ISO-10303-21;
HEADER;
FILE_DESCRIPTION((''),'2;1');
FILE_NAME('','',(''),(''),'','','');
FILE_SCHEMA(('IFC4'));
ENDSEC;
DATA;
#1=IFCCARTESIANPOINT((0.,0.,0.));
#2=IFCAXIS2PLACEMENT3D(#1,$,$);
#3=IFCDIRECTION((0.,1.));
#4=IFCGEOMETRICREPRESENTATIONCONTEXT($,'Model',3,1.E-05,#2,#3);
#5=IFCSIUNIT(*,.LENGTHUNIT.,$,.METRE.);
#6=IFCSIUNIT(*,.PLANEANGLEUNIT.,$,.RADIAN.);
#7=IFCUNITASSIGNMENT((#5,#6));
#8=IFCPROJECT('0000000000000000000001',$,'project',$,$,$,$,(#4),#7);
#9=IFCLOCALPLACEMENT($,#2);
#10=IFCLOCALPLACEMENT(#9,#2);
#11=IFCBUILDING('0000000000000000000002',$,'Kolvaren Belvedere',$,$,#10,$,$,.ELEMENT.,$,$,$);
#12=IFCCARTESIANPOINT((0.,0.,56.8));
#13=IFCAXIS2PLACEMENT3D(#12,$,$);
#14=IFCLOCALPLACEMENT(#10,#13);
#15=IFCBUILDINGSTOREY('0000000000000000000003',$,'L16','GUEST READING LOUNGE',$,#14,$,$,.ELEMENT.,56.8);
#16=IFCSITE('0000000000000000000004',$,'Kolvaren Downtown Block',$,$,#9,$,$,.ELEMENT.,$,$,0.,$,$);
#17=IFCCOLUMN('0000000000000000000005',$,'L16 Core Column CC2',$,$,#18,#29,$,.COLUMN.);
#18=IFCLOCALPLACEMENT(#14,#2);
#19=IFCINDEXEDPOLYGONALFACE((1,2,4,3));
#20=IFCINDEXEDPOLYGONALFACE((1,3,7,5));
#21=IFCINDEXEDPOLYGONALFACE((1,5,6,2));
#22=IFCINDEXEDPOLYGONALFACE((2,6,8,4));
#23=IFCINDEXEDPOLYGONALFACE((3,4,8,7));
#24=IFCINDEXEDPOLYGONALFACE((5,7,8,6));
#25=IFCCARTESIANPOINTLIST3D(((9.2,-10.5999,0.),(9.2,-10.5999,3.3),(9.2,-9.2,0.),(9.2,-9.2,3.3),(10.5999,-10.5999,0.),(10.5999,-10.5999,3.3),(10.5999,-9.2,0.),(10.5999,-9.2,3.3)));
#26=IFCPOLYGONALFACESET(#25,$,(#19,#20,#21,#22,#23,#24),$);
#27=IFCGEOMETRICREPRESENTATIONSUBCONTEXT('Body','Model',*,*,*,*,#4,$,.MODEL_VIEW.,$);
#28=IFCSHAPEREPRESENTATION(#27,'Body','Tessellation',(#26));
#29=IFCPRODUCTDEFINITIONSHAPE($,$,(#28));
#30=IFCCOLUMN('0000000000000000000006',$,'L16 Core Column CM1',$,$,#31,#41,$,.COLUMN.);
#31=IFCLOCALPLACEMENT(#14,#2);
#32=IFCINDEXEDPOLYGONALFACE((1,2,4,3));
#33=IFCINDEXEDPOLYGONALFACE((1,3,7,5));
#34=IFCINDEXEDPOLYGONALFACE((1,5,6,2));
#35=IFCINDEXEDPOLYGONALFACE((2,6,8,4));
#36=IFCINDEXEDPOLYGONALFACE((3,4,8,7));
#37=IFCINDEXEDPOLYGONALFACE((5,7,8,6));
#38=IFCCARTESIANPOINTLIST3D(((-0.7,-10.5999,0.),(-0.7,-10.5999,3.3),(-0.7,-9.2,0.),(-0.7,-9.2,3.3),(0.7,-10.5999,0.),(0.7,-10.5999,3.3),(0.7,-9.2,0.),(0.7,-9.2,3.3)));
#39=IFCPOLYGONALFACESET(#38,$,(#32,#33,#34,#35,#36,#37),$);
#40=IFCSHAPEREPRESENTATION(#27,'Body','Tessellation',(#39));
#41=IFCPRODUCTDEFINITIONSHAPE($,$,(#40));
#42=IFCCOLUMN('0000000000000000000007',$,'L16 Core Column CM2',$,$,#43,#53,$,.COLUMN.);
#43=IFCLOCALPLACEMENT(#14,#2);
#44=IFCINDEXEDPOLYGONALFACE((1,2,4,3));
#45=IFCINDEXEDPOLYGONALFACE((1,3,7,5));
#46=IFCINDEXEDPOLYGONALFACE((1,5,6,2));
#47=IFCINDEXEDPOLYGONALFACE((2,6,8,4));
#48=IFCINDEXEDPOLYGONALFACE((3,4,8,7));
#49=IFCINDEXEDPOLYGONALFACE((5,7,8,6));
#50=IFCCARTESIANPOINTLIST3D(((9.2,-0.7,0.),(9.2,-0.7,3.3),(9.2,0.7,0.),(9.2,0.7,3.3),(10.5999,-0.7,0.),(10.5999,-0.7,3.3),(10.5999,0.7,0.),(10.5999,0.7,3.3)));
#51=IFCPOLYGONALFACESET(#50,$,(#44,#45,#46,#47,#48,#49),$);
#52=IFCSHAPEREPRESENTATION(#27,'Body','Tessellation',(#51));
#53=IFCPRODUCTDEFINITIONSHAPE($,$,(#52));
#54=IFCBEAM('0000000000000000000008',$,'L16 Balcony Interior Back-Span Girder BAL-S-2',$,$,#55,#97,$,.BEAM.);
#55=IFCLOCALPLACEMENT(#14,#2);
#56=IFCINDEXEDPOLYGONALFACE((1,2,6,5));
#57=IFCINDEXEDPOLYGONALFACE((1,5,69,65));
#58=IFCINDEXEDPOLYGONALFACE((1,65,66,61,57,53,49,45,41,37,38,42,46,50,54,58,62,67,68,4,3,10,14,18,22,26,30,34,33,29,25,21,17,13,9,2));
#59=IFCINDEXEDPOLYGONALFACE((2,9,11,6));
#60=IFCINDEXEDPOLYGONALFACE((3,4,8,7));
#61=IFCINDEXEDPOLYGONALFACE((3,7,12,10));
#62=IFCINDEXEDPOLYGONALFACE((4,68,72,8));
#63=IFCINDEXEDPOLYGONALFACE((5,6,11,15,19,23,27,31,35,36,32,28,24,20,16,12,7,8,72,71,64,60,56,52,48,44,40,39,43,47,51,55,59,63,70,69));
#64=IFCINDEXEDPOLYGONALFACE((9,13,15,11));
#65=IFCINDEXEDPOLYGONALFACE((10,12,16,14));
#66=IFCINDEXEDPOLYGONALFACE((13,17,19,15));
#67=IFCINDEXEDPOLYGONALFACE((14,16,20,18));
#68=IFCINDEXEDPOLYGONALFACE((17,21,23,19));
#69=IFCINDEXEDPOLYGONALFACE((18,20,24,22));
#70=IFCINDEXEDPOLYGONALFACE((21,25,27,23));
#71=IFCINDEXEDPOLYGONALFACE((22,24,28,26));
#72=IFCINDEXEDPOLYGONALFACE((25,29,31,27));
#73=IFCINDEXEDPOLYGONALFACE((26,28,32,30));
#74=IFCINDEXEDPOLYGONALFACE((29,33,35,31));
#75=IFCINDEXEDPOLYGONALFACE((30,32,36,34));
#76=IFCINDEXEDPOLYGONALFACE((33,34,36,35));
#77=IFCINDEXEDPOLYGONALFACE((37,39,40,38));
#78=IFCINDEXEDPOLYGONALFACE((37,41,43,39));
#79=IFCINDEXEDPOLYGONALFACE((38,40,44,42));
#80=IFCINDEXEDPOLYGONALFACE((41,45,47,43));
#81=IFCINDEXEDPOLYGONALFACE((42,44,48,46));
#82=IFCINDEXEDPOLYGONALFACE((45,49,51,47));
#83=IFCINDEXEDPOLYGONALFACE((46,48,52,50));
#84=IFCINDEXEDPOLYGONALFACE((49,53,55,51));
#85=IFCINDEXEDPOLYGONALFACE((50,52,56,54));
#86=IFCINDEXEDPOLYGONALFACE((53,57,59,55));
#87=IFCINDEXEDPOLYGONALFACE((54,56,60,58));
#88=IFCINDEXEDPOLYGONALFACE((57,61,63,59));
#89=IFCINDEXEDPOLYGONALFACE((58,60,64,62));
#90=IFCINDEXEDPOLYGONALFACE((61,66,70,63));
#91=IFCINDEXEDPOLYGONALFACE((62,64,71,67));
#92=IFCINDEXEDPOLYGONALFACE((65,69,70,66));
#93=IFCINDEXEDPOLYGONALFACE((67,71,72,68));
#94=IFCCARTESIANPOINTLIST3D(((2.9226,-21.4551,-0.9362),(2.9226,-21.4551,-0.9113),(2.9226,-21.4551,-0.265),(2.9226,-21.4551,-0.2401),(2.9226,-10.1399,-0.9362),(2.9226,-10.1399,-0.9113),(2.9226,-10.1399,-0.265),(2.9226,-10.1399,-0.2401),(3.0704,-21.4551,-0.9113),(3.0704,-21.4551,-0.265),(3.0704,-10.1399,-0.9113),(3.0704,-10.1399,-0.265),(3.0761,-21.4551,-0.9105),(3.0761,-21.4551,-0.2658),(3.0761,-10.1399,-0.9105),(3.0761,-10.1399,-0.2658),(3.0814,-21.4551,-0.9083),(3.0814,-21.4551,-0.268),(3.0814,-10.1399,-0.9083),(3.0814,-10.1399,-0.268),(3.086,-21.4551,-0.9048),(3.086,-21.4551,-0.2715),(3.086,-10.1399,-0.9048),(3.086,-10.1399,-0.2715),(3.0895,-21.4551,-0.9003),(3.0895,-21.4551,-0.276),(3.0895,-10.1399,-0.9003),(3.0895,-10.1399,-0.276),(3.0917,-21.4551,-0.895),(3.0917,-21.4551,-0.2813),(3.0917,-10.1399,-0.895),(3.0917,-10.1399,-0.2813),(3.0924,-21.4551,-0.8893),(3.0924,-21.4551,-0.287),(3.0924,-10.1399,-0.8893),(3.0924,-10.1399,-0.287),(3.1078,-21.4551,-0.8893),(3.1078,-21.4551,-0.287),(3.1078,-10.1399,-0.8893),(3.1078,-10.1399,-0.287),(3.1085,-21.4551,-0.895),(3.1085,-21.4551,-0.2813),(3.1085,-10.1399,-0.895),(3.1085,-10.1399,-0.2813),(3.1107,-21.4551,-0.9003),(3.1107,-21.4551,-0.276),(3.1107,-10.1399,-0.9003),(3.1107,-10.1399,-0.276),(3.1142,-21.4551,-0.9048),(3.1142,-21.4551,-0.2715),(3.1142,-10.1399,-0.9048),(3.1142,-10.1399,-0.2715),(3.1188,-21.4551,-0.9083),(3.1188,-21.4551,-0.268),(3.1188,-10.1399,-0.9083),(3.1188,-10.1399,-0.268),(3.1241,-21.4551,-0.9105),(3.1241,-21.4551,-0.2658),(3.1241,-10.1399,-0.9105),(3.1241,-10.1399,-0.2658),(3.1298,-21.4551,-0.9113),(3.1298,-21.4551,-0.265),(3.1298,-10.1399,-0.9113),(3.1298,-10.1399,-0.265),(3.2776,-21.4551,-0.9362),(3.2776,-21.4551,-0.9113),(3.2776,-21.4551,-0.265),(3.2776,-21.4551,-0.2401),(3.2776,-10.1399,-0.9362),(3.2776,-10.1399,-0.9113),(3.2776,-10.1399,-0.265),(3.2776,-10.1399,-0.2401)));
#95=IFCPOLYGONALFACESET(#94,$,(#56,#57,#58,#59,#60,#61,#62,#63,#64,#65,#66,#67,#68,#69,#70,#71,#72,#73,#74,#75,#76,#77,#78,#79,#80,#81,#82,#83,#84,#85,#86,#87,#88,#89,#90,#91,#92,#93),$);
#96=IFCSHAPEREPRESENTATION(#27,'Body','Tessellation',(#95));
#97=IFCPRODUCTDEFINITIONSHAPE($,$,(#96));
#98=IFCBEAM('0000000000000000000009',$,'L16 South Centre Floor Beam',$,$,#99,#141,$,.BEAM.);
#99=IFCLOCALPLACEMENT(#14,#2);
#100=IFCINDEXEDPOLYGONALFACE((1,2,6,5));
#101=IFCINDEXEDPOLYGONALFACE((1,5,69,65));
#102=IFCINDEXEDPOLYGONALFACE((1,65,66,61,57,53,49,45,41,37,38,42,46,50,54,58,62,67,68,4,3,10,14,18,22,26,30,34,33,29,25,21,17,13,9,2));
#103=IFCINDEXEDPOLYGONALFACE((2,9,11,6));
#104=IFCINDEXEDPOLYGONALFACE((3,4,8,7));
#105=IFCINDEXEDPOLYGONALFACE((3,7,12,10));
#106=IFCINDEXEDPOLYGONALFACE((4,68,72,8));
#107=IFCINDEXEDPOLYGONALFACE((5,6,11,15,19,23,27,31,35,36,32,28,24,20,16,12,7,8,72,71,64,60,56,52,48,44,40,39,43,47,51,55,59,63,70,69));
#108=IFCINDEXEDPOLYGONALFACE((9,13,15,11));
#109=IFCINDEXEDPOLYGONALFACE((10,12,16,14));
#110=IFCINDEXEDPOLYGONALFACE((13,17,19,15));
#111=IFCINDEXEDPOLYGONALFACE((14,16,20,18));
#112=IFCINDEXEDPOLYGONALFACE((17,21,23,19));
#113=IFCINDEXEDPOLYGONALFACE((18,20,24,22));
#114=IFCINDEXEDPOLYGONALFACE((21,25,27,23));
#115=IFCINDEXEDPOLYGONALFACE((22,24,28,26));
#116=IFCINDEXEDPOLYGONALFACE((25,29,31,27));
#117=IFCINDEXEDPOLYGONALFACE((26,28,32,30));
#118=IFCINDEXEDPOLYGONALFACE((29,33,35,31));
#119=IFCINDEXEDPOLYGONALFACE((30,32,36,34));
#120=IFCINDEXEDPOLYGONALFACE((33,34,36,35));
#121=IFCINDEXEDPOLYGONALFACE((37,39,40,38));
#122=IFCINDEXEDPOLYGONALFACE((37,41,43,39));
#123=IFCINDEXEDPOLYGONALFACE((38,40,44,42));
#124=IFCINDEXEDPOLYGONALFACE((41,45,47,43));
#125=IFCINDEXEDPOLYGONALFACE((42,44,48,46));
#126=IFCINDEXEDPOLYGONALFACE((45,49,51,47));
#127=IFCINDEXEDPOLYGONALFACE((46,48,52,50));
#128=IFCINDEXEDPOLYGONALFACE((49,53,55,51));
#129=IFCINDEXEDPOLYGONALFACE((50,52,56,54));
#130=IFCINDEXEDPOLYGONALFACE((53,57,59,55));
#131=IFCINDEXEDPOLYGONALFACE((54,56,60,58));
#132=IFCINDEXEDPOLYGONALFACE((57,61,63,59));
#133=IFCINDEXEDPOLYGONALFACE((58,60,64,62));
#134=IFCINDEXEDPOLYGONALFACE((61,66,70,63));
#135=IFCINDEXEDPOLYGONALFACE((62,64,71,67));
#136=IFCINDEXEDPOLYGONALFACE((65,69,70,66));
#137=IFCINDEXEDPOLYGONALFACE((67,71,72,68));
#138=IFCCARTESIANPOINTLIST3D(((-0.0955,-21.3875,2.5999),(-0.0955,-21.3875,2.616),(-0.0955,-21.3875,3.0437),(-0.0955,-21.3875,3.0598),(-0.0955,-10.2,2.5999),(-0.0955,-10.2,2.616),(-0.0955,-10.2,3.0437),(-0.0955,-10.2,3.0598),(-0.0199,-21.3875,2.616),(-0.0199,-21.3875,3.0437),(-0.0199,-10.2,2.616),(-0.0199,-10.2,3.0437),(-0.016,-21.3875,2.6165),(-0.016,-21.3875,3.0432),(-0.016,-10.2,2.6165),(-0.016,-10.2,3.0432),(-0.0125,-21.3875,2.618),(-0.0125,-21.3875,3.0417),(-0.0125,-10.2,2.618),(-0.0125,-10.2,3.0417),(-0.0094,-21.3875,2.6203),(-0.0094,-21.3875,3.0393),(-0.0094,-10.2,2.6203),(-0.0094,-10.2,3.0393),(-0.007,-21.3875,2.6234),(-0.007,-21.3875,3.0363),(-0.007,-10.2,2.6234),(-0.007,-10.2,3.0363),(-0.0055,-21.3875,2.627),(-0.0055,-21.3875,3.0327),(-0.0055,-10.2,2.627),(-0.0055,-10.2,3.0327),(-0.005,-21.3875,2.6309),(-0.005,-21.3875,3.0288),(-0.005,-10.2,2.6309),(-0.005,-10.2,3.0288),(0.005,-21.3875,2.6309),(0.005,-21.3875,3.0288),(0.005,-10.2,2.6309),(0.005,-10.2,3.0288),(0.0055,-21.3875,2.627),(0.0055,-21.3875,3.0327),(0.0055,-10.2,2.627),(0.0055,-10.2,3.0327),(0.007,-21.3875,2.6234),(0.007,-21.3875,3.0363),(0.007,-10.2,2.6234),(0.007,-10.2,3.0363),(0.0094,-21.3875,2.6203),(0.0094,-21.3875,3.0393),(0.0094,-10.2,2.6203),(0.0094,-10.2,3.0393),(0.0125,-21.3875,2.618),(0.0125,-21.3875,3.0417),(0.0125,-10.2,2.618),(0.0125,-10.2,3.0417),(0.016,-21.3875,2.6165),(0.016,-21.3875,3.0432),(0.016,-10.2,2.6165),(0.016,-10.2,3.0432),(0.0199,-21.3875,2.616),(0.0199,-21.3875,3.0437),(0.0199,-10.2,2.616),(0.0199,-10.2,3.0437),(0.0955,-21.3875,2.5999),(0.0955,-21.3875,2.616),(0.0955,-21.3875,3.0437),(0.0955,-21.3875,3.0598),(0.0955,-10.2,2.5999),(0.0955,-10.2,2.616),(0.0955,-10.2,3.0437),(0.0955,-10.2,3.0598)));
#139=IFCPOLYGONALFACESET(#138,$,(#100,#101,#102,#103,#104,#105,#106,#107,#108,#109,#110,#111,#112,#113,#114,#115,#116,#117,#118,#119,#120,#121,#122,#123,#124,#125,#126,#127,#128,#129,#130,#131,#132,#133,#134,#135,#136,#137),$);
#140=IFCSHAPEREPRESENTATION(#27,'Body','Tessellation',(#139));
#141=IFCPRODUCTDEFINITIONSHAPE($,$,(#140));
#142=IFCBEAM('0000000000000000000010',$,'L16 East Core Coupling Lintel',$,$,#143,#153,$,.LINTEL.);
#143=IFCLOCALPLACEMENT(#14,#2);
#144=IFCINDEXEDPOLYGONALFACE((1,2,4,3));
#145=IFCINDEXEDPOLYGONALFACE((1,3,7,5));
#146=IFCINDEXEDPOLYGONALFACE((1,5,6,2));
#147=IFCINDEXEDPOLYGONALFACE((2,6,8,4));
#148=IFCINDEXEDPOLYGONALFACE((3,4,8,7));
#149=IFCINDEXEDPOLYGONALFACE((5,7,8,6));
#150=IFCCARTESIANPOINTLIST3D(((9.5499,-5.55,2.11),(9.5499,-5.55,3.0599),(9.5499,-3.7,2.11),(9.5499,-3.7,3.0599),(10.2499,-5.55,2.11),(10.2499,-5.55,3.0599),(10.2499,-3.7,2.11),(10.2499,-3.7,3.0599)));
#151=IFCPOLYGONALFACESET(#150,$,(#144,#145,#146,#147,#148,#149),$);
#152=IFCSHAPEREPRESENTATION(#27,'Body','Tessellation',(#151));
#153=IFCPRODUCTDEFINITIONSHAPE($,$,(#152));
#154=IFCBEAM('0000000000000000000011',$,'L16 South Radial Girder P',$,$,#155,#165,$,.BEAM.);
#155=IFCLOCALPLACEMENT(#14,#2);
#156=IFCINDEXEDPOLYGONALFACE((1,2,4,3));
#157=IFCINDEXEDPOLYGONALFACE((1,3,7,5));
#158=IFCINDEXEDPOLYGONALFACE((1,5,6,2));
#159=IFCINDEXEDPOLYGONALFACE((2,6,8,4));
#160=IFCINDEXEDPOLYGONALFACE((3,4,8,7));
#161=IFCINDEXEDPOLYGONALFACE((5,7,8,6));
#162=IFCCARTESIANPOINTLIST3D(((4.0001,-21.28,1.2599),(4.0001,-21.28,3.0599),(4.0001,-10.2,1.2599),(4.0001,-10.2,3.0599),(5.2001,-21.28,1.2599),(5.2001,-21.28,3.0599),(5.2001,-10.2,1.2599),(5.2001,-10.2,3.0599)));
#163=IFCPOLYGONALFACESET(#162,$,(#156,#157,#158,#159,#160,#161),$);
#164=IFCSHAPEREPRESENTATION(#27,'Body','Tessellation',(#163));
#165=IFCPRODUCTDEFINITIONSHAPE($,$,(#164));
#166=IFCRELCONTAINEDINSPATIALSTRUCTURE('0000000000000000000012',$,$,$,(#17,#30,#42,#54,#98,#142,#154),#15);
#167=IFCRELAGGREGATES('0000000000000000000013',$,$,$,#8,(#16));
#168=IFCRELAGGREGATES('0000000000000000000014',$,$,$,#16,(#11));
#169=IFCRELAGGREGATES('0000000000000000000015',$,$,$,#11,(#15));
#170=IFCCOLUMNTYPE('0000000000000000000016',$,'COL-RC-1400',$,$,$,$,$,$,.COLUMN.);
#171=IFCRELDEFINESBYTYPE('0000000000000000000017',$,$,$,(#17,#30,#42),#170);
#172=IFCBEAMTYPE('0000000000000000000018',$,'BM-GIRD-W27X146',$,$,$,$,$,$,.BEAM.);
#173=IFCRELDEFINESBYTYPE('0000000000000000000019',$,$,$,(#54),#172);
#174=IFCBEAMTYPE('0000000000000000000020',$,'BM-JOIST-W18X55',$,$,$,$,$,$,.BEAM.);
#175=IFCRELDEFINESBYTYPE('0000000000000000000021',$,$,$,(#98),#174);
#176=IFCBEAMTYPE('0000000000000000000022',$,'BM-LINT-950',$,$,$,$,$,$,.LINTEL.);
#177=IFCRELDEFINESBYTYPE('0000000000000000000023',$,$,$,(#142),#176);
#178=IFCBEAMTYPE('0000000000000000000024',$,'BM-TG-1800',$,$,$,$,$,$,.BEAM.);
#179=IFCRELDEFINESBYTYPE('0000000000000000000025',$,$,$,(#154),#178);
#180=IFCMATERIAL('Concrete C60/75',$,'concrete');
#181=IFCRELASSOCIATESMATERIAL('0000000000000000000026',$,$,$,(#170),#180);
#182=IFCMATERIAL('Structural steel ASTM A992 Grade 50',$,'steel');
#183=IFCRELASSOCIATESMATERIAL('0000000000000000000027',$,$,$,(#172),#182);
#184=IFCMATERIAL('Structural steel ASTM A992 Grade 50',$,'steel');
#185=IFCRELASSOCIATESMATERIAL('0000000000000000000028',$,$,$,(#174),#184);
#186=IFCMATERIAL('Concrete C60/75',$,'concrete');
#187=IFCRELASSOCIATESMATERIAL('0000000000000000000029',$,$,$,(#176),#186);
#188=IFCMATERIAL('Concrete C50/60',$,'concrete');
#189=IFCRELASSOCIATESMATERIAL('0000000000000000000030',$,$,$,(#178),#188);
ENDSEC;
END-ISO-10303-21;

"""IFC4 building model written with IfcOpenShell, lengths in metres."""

from ifc_helpers import new_model, si_unit, direction, frame, origin, origin_2d, place, context, subcontext, project, spatial, rectangle, i_section, extrude, material, material_profile, profile_set, type_object, element, save


model = new_model("IFC4")

# Units and contexts
model_context = context("Model", 3, precision=1e-05, world=origin(), true_north=direction((0.0, 1.0)))
body_context = subcontext(model_context, "Body", "Model", "MODEL_VIEW")
ifc_project = project(units=[si_unit("LENGTHUNIT", "METRE"), si_unit("PLANEANGLEUNIT", "RADIAN")], contexts=[model_context])

# Site, building, storey
site_placement = place(None, origin())
site = spatial("IfcSite", under=ifc_project, at=site_placement, Name="Kolvaren Downtown Block", CompositionType="ELEMENT", RefElevation=0.0)
building_placement = place(site_placement, origin())
building = spatial("IfcBuilding", under=site, at=building_placement, Name="Kolvaren Belvedere", CompositionType="ELEMENT")
storey_placement = place(building_placement, frame((0.0, 0.0, 56.8)))
storey = spatial("IfcBuildingStorey", under=building, at=storey_placement, Name="L16", Description="GUEST READING LOUNGE", CompositionType="ELEMENT", Elevation=56.8)

# Columns
ifc_material_1 = material(Name="Concrete C60/75", Category="concrete")
ifc_material_profile_1 = material_profile(ifc_material_1, rectangle(XDim=1.3999, YDim=1.3999, at=origin_2d()), Name="RC 1400X1400")
ifc_profile_set_1 = profile_set([ifc_material_profile_1], Name="Concrete C60/75")
column_type = type_object("IfcColumnType", Name="COL-RC-1400", PredefinedType="COLUMN", material=ifc_profile_set_1)
for number, where, z_axis, x_axis, name in (
    (1, (9.8999, -9.8999, 0.0), (0.0, 0.0, 1.0), (1.0, 0.0, 0.0), "L16 Core Column CC2"),
    (2, (0.0, -9.8999, 0.0), (0.0, 0.0, 1.0), (1.0, 0.0, 0.0), "L16 Core Column CM1"),
    (3, (9.8999, 0.0, 0.0), (0.0, 0.0, 1.0), (1.0, 0.0, 0.0), "L16 Core Column CM2"),
):
    element("IfcColumn", number, at=place(storey_placement, frame(where, z_axis=z_axis, x_axis=x_axis)), inside=storey, type_object=column_type, Name=name, PredefinedType="COLUMN", context=body_context, shape_type="SweptSolid", body=[
        extrude(rectangle(XDim=1.3999, YDim=1.3999, at=origin_2d()), origin(), (0.0, 0.0, 1.0), 3.3),
    ])

# Beams
ifc_material_2 = material(Name="Structural steel ASTM A992 Grade 50", Category="steel")
ifc_material_profile_2 = material_profile(ifc_material_2, i_section(OverallWidth=0.355, OverallDepth=0.696, WebThickness=0.0154, FlangeThickness=0.0249, FilletRadius=0.022, at=origin_2d()), Name="W27X146")
ifc_profile_set_2 = profile_set([ifc_material_profile_2], Name="Structural steel ASTM A992 Grade 50")
beam_type_1 = type_object("IfcBeamType", Name="BM-GIRD-W27X146", PredefinedType="BEAM", material=ifc_profile_set_2)
beam_1_placement = place(storey_placement, frame((3.1001, -10.1399, -0.5881), z_axis=(0.0, -1.0, 0.0), x_axis=(1.0, 0.0, 0.0)))
element("IfcBeam", 4, at=beam_1_placement, inside=storey, type_object=beam_type_1, Name="L16 Balcony Interior Back-Span Girder BAL-S-2", PredefinedType="BEAM", context=body_context, shape_type="SweptSolid", body=[
    extrude(i_section(OverallWidth=0.355, OverallDepth=0.696, WebThickness=0.0154, FlangeThickness=0.0249, FilletRadius=0.022, at=origin_2d()), origin(), (0.0, 0.0, 1.0), 11.3152),
])
ifc_material_3 = material(Name="Structural steel ASTM A992 Grade 50", Category="steel")
ifc_material_profile_3 = material_profile(ifc_material_3, i_section(OverallWidth=0.1909, OverallDepth=0.46, WebThickness=0.01, FlangeThickness=0.0161, FilletRadius=0.0149, at=origin_2d()), Name="W18X55")
ifc_profile_set_3 = profile_set([ifc_material_profile_3], Name="Structural steel ASTM A992 Grade 50")
beam_type_2 = type_object("IfcBeamType", Name="BM-JOIST-W18X55", PredefinedType="BEAM", material=ifc_profile_set_3)
beam_2_placement = place(storey_placement, frame((0.0, -10.2, 2.8298), z_axis=(0.0, -1.0, 0.0), x_axis=(1.0, 0.0, 0.0)))
element("IfcBeam", 5, at=beam_2_placement, inside=storey, type_object=beam_type_2, Name="L16 South Centre Floor Beam", PredefinedType="BEAM", context=body_context, shape_type="SweptSolid", body=[
    extrude(i_section(OverallWidth=0.1909, OverallDepth=0.46, WebThickness=0.01, FlangeThickness=0.0161, FilletRadius=0.0149, at=origin_2d()), origin(), (0.0, 0.0, 1.0), 11.1875),
])
ifc_material_4 = material(Name="Concrete C60/75", Category="concrete")
ifc_material_profile_4 = material_profile(ifc_material_4, rectangle(XDim=0.7, YDim=0.95, at=origin_2d()), Name="RC 700X950")
ifc_profile_set_4 = profile_set([ifc_material_profile_4], Name="Concrete C60/75")
beam_type_3 = type_object("IfcBeamType", Name="BM-LINT-950", PredefinedType="LINTEL", material=ifc_profile_set_4)
beam_3_placement = place(storey_placement, frame((9.8999, -5.55, 2.585), z_axis=(0.0, 1.0, 0.0), x_axis=(-1.0, 0.0, 0.0)))
element("IfcBeam", 6, at=beam_3_placement, inside=storey, type_object=beam_type_3, Name="L16 East Core Coupling Lintel", PredefinedType="LINTEL", context=body_context, shape_type="SweptSolid", body=[
    extrude(rectangle(XDim=0.7, YDim=0.95, at=origin_2d()), origin(), (0.0, 0.0, 1.0), 1.8501),
])
ifc_material_5 = material(Name="Concrete C50/60", Category="concrete")
ifc_material_profile_5 = material_profile(ifc_material_5, rectangle(XDim=1.2, YDim=1.8, at=origin_2d()), Name="RC 1200X1800")
ifc_profile_set_5 = profile_set([ifc_material_profile_5], Name="Concrete C50/60")
beam_type_4 = type_object("IfcBeamType", Name="BM-TG-1800", PredefinedType="BEAM", material=ifc_profile_set_5)
beam_4_placement = place(storey_placement, frame((4.6001, -10.2, 2.1599), z_axis=(0.0, -1.0, 0.0), x_axis=(1.0, 0.0, 0.0)))
element("IfcBeam", 7, at=beam_4_placement, inside=storey, type_object=beam_type_4, Name="L16 South Radial Girder P", PredefinedType="BEAM", context=body_context, shape_type="SweptSolid", body=[
    extrude(rectangle(XDim=1.2, YDim=1.8, at=origin_2d()), origin(), (0.0, 0.0, 1.0), 11.0801),
])

save(model, "model.ifc")
